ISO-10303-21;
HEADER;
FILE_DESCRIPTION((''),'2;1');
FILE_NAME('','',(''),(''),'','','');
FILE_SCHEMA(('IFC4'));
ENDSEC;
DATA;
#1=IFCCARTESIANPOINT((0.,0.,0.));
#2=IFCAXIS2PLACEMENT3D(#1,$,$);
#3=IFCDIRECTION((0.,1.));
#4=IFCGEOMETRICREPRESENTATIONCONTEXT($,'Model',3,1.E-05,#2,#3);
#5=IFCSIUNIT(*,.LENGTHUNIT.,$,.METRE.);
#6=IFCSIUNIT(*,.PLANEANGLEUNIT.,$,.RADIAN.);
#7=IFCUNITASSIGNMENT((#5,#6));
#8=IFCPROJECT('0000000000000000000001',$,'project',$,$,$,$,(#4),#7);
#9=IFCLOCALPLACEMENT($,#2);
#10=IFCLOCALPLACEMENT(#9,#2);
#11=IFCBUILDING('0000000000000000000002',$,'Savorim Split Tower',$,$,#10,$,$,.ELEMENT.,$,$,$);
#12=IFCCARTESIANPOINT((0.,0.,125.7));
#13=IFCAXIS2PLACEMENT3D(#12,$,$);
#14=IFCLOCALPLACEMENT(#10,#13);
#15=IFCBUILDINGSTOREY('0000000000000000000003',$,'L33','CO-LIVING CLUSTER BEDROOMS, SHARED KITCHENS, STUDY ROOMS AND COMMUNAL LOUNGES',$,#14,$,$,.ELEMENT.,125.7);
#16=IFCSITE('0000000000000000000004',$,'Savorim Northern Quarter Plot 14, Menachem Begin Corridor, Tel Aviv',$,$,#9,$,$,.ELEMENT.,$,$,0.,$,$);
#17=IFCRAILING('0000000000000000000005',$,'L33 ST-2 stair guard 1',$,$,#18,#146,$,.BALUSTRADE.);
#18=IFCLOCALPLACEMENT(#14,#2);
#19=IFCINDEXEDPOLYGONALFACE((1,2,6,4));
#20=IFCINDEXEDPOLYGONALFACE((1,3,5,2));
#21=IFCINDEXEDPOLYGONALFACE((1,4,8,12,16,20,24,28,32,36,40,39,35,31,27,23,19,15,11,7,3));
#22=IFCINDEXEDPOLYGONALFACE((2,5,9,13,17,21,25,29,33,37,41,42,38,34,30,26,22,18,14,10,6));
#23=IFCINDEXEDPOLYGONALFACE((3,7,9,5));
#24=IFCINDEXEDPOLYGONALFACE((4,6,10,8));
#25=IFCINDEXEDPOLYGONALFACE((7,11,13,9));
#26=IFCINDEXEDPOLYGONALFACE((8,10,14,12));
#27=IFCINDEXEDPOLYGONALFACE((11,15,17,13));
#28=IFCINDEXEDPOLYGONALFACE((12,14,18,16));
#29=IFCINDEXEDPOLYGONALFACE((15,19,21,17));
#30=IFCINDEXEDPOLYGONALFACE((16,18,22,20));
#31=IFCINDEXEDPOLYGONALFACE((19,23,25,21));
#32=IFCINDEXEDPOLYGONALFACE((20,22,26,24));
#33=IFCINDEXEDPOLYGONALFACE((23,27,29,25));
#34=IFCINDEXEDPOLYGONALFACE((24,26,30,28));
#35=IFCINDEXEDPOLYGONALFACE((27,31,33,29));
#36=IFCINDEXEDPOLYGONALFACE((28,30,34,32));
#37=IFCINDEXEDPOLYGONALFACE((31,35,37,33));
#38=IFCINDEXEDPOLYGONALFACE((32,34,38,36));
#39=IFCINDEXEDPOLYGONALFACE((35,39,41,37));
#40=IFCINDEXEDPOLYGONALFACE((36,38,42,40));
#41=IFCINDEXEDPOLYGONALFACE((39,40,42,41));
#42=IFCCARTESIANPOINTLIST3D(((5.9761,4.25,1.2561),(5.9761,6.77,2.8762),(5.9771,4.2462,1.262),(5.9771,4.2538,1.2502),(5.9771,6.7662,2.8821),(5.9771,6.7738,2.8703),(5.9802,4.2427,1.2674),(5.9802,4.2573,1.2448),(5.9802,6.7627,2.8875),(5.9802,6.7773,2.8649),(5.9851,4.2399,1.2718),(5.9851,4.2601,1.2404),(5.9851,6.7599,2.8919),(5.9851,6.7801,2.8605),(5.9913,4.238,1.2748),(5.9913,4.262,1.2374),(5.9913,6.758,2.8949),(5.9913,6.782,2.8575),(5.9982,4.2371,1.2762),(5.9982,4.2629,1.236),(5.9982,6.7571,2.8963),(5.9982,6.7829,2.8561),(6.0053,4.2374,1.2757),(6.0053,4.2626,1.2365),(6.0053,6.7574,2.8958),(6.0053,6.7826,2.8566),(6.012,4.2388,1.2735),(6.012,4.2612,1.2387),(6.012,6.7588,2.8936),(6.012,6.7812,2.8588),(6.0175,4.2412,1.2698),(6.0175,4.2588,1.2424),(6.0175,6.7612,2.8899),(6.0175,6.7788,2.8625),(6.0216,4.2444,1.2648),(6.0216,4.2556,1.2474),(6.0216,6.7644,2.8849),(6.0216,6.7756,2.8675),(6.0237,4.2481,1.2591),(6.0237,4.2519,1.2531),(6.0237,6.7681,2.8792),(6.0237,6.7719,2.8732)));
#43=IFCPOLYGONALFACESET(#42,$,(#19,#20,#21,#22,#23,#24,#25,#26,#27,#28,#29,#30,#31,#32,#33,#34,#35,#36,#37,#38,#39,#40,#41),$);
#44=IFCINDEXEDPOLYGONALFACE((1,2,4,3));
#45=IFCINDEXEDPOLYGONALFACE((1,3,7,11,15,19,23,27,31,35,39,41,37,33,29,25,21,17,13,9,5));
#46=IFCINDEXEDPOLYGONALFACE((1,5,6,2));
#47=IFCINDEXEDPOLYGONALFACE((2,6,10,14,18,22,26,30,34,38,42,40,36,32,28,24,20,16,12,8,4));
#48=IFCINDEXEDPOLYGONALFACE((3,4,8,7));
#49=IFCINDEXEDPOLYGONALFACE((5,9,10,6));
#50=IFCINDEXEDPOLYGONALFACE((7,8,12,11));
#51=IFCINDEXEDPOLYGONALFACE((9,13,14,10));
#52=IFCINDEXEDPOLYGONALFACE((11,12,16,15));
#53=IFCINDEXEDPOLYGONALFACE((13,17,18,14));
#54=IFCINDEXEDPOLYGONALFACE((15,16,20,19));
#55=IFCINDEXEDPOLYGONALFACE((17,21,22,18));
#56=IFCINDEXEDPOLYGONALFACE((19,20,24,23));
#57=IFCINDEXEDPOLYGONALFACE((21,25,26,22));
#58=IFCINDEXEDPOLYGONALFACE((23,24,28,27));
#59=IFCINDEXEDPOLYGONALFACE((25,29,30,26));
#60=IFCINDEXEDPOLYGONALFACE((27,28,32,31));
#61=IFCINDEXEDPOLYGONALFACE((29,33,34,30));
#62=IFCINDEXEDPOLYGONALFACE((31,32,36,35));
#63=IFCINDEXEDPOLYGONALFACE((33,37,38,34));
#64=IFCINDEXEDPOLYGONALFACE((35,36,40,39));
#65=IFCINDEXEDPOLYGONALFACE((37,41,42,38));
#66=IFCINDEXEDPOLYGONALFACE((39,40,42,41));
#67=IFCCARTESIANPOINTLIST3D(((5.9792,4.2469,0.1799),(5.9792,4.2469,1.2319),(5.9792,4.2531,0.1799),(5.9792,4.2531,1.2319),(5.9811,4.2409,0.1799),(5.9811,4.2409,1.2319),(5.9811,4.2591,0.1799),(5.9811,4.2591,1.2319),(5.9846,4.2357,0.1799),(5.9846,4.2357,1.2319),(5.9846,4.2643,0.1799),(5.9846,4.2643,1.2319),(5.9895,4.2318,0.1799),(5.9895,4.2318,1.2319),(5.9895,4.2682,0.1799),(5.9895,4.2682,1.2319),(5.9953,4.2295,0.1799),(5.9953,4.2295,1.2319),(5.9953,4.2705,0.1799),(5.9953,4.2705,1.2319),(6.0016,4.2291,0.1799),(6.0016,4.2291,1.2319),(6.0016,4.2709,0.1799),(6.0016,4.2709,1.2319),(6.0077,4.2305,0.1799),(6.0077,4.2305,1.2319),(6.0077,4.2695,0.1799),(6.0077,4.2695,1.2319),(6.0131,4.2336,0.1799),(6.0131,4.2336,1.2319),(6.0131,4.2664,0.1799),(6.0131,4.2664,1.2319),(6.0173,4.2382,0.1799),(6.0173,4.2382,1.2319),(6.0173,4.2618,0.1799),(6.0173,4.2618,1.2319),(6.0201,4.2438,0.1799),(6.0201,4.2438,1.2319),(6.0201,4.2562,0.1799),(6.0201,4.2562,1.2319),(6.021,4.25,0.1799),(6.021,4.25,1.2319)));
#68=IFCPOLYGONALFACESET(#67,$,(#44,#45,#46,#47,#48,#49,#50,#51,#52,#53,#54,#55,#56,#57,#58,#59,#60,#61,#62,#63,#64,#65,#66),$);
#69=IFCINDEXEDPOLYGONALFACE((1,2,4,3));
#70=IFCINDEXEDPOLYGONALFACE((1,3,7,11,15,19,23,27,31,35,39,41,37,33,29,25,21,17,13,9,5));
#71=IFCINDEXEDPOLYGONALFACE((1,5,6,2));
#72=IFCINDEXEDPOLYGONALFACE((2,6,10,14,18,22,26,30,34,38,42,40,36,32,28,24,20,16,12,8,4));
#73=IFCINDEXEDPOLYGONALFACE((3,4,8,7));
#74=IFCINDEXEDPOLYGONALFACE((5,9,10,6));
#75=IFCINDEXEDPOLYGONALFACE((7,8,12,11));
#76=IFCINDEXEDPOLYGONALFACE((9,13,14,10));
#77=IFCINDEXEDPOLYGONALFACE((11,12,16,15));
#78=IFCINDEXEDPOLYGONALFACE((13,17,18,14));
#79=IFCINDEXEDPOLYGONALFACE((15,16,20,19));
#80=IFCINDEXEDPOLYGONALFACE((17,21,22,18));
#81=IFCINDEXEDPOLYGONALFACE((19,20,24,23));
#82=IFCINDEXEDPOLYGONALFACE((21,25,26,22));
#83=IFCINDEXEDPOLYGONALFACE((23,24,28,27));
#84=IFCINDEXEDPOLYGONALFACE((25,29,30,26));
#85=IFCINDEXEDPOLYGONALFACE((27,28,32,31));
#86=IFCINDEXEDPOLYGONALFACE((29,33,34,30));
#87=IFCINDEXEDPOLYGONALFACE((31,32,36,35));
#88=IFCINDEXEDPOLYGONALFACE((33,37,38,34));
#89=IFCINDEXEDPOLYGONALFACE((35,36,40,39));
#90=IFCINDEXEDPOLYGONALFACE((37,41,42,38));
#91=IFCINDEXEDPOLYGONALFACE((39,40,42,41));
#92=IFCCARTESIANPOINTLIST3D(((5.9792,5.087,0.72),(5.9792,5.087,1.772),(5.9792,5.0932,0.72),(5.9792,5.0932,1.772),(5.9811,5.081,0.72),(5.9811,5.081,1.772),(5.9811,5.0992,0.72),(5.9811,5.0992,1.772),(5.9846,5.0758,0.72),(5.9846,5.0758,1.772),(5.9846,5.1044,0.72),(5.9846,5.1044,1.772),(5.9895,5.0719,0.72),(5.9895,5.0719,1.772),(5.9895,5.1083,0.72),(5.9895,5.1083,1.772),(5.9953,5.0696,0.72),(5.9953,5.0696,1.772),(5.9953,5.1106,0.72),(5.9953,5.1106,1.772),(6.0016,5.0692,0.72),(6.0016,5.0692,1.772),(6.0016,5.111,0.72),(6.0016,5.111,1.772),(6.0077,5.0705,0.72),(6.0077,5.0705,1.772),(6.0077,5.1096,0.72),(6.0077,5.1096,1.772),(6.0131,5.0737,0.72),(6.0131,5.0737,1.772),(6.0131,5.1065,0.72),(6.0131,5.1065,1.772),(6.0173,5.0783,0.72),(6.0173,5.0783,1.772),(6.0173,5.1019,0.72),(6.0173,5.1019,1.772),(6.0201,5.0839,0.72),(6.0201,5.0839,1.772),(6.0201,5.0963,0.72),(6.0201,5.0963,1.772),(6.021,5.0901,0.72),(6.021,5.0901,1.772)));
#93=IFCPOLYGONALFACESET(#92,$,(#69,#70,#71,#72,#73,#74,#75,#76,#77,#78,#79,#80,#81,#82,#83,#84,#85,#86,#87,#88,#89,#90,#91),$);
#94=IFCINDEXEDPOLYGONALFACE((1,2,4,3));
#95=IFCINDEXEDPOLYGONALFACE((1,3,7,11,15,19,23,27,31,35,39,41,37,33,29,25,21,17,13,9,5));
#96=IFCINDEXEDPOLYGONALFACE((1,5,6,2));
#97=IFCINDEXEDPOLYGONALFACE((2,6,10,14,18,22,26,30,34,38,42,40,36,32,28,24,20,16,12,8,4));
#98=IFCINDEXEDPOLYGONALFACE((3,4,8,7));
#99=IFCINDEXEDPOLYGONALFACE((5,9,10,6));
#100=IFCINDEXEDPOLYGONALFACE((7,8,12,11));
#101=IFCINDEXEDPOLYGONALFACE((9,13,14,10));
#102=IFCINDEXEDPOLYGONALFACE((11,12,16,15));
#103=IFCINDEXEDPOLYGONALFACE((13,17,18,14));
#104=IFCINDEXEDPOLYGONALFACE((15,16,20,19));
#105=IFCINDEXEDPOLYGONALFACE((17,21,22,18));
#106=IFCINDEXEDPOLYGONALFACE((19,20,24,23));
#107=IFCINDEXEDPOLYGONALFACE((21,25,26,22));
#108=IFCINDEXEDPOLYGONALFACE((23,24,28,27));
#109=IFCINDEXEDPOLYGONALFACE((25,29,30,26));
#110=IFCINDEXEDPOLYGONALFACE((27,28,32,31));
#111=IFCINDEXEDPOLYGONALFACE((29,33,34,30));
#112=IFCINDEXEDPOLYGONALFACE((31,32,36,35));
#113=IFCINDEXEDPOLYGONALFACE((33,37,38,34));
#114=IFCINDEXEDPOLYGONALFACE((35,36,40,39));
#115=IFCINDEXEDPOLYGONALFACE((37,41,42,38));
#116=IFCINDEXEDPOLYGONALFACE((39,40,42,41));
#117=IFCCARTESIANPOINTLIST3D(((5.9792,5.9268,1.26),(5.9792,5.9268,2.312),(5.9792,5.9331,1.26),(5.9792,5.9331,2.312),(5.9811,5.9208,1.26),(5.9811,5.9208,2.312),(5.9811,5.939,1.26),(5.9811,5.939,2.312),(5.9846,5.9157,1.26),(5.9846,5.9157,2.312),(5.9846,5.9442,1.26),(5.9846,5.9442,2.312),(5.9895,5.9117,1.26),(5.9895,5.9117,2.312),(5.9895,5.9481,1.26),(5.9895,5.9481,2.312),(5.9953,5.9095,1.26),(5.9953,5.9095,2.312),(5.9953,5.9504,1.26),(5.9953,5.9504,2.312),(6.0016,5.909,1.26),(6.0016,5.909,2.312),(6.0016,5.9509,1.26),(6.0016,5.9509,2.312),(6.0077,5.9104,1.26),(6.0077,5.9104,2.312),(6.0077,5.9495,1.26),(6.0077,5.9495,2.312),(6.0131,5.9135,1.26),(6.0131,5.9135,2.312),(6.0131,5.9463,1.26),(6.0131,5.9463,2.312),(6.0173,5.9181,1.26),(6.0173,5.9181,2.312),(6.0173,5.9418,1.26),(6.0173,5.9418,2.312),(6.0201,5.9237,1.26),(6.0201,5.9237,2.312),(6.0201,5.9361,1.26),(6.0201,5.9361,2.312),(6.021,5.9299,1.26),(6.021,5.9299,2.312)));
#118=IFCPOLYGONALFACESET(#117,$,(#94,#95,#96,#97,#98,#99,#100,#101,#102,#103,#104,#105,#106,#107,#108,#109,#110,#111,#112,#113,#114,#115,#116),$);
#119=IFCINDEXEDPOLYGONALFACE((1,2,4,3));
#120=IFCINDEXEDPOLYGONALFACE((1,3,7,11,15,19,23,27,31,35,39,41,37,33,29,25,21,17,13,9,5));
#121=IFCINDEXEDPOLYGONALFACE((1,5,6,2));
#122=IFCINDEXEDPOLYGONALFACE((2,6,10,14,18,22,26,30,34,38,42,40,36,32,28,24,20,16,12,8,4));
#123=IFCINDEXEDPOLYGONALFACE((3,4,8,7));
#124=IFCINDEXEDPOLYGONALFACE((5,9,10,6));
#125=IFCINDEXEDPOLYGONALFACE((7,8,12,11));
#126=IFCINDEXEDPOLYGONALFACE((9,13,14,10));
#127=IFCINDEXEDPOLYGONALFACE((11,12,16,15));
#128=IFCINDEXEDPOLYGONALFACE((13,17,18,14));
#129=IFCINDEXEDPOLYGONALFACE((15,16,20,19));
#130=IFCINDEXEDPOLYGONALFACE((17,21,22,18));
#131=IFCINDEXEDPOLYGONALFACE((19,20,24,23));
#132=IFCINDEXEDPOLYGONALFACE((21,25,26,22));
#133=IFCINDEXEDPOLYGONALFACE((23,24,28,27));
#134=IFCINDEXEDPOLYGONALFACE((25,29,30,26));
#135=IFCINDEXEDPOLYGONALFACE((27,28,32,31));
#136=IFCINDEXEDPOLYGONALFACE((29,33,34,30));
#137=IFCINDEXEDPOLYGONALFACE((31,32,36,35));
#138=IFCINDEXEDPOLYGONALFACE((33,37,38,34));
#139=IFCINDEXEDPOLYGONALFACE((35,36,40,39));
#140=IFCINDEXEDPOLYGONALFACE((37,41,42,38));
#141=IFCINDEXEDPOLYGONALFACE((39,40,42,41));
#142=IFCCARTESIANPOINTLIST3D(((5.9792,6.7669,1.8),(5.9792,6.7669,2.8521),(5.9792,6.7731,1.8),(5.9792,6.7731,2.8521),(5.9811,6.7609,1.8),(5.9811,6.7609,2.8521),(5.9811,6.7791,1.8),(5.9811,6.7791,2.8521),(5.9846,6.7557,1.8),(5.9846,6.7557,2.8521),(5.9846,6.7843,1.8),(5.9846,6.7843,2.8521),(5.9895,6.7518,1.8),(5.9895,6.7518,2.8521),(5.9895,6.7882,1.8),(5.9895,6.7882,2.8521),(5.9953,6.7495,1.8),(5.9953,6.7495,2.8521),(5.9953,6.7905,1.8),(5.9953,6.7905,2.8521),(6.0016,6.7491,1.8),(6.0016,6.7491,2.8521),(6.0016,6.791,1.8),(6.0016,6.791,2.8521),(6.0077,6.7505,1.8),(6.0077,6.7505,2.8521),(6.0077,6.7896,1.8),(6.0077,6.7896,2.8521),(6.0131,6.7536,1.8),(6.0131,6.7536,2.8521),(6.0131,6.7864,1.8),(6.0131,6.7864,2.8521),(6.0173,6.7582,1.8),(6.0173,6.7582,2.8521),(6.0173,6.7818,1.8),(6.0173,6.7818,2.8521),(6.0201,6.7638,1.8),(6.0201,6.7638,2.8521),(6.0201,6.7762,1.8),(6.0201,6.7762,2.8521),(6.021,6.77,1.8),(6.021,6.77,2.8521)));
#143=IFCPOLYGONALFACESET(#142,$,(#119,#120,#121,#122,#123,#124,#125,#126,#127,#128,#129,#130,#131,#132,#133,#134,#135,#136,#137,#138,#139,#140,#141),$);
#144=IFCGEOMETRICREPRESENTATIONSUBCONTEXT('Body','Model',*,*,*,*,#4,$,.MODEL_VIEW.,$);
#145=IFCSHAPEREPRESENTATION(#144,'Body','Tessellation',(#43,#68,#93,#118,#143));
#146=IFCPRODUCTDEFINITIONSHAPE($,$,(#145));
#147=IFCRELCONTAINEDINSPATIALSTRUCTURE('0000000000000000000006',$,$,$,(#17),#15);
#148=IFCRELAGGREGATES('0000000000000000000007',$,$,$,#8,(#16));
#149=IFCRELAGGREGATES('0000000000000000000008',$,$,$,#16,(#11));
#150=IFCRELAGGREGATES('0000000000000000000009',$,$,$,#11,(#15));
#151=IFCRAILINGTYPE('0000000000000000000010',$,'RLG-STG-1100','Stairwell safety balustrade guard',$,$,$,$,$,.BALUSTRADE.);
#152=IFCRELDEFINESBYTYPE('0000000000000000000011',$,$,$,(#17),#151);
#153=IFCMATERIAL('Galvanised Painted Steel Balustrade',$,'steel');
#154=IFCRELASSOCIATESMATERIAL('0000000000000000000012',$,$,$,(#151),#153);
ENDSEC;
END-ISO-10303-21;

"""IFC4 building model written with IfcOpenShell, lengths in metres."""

from ifc_helpers import new_model, si_unit, direction, frame, origin, origin_2d, place, context, subcontext, project, spatial, circle, extrude, material, type_object, element, save


model = new_model("IFC4")

# Units and contexts
model_context = context("Model", 3, precision=1e-05, world=origin(), true_north=direction((0.0, 1.0)))
body_context = subcontext(model_context, "Body", "Model", "MODEL_VIEW")
ifc_project = project(units=[si_unit("LENGTHUNIT", "METRE"), si_unit("PLANEANGLEUNIT", "RADIAN")], contexts=[model_context])

# Site, building, storey
site_placement = place(None, origin())
site = spatial("IfcSite", under=ifc_project, at=site_placement, Name="Savorim Northern Quarter Plot 14, Menachem Begin Corridor, Tel Aviv", CompositionType="ELEMENT", RefElevation=0.0)
building_placement = place(site_placement, origin())
building = spatial("IfcBuilding", under=site, at=building_placement, Name="Savorim Split Tower", CompositionType="ELEMENT")
storey_placement = place(building_placement, frame((0.0, 0.0, 125.7)))
storey = spatial("IfcBuildingStorey", under=building, at=storey_placement, Name="L33", Description="CO-LIVING CLUSTER BEDROOMS, SHARED KITCHENS, STUDY ROOMS AND COMMUNAL LOUNGES", CompositionType="ELEMENT", Elevation=125.7)

# Railing
ifc_material_1 = material(Name="Galvanised Painted Steel Balustrade", Category="steel")
railing_type_1 = type_object("IfcRailingType", Name="RLG-STG-1100", Description="Stairwell safety balustrade guard", PredefinedType="BALUSTRADE", material=ifc_material_1)
railing_1_placement = place(storey_placement, frame((6.0, 4.25, 0.1799)))
element("IfcRailing", 1, at=railing_1_placement, inside=storey, type_object=railing_type_1, Name="L33 ST-2 stair guard 1", PredefinedType="BALUSTRADE", context=body_context, shape_type="SweptSolid", body=[
    extrude(circle(Radius=0.0239, at=origin_2d()), frame((0.0, 0.0, 1.0762), z_axis=(0.0, 0.841163, 0.540782), x_axis=(-1.0, 0.0, 0.0)), (0.0, 0.0, 1.0), 2.9958),
    extrude(circle(Radius=0.021, at=origin_2d()), origin(), (0.0, 0.0, 1.0), 1.052),
    extrude(circle(Radius=0.021, at=origin_2d()), frame((0.0, 0.8401, 0.54)), (0.0, 0.0, 1.0), 1.052),
    extrude(circle(Radius=0.021, at=origin_2d()), frame((0.0, 1.6799, 1.0801)), (0.0, 0.0, 1.0), 1.052),
    extrude(circle(Radius=0.021, at=origin_2d()), frame((0.0, 2.52, 1.6201)), (0.0, 0.0, 1.0), 1.052),
])

save(model, "model.ifc")
